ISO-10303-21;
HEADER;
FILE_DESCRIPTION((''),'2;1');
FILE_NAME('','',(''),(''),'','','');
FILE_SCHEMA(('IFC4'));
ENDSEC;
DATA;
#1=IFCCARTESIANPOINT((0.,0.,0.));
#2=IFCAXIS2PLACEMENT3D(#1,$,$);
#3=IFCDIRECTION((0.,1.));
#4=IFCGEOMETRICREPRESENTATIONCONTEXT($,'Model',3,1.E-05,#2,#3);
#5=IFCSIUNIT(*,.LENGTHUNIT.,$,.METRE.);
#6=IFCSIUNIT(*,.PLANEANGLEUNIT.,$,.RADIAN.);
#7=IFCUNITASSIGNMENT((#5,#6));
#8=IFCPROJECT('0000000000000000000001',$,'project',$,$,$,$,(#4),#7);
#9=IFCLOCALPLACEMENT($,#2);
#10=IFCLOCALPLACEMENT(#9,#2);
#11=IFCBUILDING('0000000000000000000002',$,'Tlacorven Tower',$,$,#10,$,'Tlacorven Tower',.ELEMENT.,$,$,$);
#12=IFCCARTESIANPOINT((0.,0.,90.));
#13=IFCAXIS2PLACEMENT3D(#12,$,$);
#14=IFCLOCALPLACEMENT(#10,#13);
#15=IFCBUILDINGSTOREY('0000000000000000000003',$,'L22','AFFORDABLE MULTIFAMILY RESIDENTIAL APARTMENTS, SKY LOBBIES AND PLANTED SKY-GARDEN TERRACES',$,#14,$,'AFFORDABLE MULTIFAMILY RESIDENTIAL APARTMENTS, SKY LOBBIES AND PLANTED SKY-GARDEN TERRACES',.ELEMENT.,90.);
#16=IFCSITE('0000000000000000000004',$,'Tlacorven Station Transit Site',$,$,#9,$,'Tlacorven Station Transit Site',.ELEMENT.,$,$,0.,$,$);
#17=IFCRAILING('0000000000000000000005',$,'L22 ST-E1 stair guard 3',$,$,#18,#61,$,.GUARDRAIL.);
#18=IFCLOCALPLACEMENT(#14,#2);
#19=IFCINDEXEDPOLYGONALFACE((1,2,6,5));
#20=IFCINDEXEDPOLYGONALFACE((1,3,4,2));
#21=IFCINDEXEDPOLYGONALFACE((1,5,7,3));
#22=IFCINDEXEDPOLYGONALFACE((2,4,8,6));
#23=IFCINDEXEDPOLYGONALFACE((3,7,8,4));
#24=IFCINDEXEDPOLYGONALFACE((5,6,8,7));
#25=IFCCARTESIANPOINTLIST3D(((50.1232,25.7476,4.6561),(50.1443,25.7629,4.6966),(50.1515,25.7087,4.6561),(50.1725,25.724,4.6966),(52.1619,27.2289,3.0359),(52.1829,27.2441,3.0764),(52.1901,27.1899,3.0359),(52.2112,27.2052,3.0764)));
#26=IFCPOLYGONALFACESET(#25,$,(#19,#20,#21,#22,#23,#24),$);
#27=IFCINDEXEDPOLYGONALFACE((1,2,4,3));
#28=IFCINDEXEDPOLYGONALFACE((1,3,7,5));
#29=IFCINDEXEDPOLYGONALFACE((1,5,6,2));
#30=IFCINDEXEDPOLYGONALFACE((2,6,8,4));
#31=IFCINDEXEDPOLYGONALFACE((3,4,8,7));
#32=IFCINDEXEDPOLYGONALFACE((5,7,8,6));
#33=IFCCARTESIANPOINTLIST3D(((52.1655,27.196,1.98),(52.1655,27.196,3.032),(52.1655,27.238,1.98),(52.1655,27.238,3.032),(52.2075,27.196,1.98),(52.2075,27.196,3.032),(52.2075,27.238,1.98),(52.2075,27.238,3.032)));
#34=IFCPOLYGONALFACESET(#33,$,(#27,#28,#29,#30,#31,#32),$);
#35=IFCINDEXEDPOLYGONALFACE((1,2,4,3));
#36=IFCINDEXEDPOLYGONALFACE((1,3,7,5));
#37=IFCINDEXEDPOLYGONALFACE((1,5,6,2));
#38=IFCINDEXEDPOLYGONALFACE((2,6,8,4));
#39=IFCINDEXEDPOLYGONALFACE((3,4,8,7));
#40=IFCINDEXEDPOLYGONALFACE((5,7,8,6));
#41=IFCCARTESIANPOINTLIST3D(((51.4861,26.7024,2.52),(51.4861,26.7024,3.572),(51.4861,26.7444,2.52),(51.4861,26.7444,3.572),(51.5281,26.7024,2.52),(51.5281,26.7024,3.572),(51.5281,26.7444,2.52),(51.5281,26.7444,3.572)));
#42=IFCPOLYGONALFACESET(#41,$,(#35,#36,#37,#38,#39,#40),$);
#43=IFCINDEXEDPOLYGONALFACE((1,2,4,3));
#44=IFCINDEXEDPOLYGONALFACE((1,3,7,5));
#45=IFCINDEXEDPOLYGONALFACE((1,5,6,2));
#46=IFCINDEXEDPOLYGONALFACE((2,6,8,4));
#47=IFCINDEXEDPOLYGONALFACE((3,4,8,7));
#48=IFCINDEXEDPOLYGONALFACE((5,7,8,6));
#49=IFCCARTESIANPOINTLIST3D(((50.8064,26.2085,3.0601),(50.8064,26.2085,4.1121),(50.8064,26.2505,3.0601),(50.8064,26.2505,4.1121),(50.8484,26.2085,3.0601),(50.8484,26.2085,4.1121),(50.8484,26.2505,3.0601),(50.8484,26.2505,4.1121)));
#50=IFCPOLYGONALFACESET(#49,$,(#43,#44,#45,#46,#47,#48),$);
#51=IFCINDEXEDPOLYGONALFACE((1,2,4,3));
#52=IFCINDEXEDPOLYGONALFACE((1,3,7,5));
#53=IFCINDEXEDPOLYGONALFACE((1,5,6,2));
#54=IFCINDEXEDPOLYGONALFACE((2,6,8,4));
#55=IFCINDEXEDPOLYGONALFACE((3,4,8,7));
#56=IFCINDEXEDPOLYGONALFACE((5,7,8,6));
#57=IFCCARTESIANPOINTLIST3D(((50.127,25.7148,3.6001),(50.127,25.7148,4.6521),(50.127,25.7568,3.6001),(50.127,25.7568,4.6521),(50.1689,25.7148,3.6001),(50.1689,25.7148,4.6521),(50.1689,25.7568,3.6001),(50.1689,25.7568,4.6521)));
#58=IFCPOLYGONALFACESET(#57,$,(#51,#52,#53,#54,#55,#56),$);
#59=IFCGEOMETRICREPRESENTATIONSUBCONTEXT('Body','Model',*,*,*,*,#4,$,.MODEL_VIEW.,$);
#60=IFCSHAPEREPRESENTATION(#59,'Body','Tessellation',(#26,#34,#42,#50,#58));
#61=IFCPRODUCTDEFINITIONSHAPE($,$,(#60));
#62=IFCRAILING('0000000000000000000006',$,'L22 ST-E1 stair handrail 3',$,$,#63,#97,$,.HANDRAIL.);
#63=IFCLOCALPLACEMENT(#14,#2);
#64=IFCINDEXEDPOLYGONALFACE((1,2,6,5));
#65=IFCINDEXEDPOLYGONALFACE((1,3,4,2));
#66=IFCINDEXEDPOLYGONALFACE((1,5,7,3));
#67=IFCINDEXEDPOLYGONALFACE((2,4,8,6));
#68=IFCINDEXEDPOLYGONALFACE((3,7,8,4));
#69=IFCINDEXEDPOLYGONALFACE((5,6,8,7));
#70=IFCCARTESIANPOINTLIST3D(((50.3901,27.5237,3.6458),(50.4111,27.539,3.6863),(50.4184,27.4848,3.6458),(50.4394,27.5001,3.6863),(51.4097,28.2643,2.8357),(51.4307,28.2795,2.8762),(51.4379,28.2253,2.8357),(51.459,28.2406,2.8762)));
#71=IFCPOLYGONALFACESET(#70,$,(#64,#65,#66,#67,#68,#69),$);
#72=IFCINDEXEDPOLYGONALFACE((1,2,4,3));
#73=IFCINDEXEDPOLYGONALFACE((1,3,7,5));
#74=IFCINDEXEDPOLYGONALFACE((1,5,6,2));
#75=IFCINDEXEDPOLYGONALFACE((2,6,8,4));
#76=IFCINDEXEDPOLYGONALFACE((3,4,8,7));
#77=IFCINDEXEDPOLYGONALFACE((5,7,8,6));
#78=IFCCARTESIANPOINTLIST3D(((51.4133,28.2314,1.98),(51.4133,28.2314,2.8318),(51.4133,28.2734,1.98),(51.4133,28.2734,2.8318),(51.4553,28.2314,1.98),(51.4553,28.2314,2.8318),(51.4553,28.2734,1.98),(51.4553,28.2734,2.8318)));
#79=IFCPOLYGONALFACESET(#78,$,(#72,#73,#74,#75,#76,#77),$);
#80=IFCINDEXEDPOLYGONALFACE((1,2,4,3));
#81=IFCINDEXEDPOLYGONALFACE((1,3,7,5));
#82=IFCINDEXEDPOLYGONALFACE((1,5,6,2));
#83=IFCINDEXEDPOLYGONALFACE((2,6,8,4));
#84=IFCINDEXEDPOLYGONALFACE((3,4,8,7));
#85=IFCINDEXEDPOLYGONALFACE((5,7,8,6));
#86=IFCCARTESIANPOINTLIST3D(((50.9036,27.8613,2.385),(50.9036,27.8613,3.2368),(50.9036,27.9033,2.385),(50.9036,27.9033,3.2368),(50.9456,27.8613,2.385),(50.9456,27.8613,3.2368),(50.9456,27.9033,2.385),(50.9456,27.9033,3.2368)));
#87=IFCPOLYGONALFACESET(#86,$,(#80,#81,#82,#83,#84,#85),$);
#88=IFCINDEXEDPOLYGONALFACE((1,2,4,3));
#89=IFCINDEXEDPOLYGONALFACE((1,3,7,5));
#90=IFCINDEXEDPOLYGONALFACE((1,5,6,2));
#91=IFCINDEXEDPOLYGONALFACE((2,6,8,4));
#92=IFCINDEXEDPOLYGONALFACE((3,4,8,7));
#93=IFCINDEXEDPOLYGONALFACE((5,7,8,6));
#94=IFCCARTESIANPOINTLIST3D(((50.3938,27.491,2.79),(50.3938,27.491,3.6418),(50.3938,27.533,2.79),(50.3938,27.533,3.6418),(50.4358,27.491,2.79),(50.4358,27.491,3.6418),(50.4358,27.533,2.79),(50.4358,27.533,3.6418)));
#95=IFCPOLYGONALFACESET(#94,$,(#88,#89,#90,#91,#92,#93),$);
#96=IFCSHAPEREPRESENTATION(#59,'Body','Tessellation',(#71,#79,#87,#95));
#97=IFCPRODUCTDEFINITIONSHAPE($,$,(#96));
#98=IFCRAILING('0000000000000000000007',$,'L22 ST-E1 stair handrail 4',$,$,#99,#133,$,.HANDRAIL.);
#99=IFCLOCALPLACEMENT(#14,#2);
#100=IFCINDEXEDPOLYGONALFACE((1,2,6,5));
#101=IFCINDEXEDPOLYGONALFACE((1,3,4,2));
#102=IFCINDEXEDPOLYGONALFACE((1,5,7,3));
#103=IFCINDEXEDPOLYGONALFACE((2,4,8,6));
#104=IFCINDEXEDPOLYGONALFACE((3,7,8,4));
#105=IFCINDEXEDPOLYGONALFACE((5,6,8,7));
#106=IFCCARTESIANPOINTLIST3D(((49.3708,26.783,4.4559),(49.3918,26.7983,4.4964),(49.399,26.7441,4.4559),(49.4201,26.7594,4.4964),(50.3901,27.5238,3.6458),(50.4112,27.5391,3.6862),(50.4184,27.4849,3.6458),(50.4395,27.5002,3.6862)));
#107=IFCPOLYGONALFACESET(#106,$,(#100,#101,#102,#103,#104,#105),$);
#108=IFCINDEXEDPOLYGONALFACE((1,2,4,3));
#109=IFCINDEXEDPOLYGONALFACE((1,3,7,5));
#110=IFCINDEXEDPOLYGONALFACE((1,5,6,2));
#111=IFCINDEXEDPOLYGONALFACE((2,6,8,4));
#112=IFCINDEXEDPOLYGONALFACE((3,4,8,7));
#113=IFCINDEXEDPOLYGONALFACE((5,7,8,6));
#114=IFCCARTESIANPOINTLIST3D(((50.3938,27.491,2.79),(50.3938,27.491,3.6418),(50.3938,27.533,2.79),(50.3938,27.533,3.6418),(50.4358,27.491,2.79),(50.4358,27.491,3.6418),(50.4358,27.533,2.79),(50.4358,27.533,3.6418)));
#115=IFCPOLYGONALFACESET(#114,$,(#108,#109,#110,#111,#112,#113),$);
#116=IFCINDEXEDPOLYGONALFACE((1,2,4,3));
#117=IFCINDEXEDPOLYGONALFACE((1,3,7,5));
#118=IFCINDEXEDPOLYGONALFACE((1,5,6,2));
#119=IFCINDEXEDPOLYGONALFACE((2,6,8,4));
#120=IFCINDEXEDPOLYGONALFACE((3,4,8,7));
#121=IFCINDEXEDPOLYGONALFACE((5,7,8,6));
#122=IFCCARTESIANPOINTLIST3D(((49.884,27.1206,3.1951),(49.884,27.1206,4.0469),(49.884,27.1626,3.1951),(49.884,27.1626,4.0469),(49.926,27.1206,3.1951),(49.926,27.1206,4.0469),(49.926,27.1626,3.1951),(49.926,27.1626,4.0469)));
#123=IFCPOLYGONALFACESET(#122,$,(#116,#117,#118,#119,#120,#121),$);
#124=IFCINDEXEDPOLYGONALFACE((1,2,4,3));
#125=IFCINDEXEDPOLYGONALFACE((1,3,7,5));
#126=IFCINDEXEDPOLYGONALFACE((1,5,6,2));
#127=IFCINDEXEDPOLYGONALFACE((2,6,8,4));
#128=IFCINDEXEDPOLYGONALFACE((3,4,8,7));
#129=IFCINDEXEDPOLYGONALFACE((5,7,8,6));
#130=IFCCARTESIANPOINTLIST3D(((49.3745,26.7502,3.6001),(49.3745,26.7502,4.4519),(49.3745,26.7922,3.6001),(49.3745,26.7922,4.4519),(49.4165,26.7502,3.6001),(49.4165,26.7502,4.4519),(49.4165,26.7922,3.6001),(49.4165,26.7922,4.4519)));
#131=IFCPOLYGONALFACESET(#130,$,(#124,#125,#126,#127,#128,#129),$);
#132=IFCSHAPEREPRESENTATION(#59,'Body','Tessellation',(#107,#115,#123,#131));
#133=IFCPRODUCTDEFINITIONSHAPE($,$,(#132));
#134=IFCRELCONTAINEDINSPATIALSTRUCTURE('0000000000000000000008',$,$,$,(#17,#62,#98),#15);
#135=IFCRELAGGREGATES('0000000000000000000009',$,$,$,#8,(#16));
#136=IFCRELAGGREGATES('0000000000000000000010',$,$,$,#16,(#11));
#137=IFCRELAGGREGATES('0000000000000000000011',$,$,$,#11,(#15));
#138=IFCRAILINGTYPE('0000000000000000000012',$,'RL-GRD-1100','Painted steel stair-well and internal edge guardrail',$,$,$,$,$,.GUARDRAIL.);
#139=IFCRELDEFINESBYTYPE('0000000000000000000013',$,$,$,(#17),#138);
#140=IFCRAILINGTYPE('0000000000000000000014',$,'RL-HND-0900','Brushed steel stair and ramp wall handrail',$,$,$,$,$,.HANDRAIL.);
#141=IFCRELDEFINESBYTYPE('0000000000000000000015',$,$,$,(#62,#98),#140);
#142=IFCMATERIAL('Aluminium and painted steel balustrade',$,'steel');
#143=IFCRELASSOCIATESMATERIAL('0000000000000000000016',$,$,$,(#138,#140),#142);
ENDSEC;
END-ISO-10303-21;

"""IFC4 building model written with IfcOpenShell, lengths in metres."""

from ifc_helpers import new_model, si_unit, direction, frame, origin, origin_2d, place, context, subcontext, project, spatial, rectangle, extrude, source, transform, mapped, material, type_object, element, save


model = new_model("IFC4")

# Units and contexts
model_context = context("Model", 3, precision=1e-05, world=origin(), true_north=direction((0.0, 1.0)))
body_context = subcontext(model_context, "Body", "Model", "MODEL_VIEW")
ifc_project = project(units=[si_unit("LENGTHUNIT", "METRE"), si_unit("PLANEANGLEUNIT", "RADIAN")], contexts=[model_context])

# Site, building, storey
site_placement = place(None, origin())
site = spatial("IfcSite", under=ifc_project, at=site_placement, Name="Tlacorven Station Transit Site", LongName="Tlacorven Station Transit Site", CompositionType="ELEMENT", RefElevation=0.0)
building_placement = place(site_placement, origin())
building = spatial("IfcBuilding", under=site, at=building_placement, Name="Tlacorven Tower", LongName="Tlacorven Tower", CompositionType="ELEMENT")
storey_placement = place(building_placement, frame((0.0, 0.0, 90.0)))
storey = spatial("IfcBuildingStorey", under=building, at=storey_placement, Name="L22", Description="AFFORDABLE MULTIFAMILY RESIDENTIAL APARTMENTS, SKY LOBBIES AND PLANTED SKY-GARDEN TERRACES", LongName="AFFORDABLE MULTIFAMILY RESIDENTIAL APARTMENTS, SKY LOBBIES AND PLANTED SKY-GARDEN TERRACES", CompositionType="ELEMENT", Elevation=90.0)

# Shared definitions
ifc_material_1 = material(Name="Aluminium and painted steel balustrade", Category="steel")

# Railings
railing_type_1 = type_object("IfcRailingType", Name="RL-GRD-1100", Description="Painted steel stair-well and internal edge guardrail", PredefinedType="GUARDRAIL", material=ifc_material_1)
shared_shape_1 = source(origin(), body_context, "Body", "SweptSolid", [
    extrude(rectangle(XDim=0.0481, YDim=0.0481, at=origin_2d()), frame((0.0, 0.0, 1.0762), z_axis=(-0.680489, -0.494434, 0.540805), x_axis=(0.587809, -0.809, 0.0)), (0.0, 0.0, 1.0), 2.9958),
    extrude(rectangle(XDim=0.042, YDim=0.042, at=origin_2d()), origin(), (0.0, 0.0, 1.0), 1.052),
    extrude(rectangle(XDim=0.042, YDim=0.042, at=origin_2d()), frame((-0.6794, -0.4937, 0.54)), (0.0, 0.0, 1.0), 1.052),
    extrude(rectangle(XDim=0.042, YDim=0.042, at=origin_2d()), frame((-1.3591, -0.9875, 1.0801)), (0.0, 0.0, 1.0), 1.052),
    extrude(rectangle(XDim=0.042, YDim=0.042, at=origin_2d()), frame((-2.0386, -1.4812, 1.6201)), (0.0, 0.0, 1.0), 1.052),
])
railing_1_placement = place(storey_placement, frame((52.1865, 27.217, 1.98)))
element("IfcRailing", 1, at=railing_1_placement, inside=storey, type_object=railing_type_1, Name="L22 ST-E1 stair guard 3", PredefinedType="GUARDRAIL", context=body_context, shape_type="MappedRepresentation", body=[
    mapped(shared_shape_1, transform((0.0, 0.0, 0.0), scale=1.0)),
])
railing_type_2 = type_object("IfcRailingType", Name="RL-HND-0900", Description="Brushed steel stair and ramp wall handrail", PredefinedType="HANDRAIL", material=ifc_material_1)
shared_shape_2 = source(origin(), body_context, "Body", "SweptSolid", [
    extrude(rectangle(XDim=0.0481, YDim=0.0481, at=origin_2d()), frame((0.0, 0.0, 0.876), z_axis=(-0.680604, -0.494318, 0.540767), x_axis=(0.587653, -0.809113, 0.0)), (0.0, 0.0, 1.0), 1.498),
    extrude(rectangle(XDim=0.042, YDim=0.042, at=origin_2d()), origin(), (0.0, 0.0, 1.0), 0.8518),
    extrude(rectangle(XDim=0.042, YDim=0.042, at=origin_2d()), frame((-0.5098, -0.3701, 0.405)), (0.0, 0.0, 1.0), 0.8518),
    extrude(rectangle(XDim=0.042, YDim=0.042, at=origin_2d()), frame((-1.0195, -0.7405, 0.8101)), (0.0, 0.0, 1.0), 0.8518),
])
railing_2_placement = place(storey_placement, frame((51.4343, 28.2524, 1.98)))
element("IfcRailing", 2, at=railing_2_placement, inside=storey, type_object=railing_type_2, Name="L22 ST-E1 stair handrail 3", PredefinedType="HANDRAIL", context=body_context, shape_type="MappedRepresentation", body=[
    mapped(shared_shape_2, transform((0.0, 0.0, 0.0), scale=1.0)),
])
shared_shape_3 = source(origin(), body_context, "Body", "SweptSolid", [
    extrude(rectangle(XDim=0.0481, YDim=0.0481, at=origin_2d()), frame((0.0, 0.0, 0.876), z_axis=(-0.680461, -0.494496, 0.540783), x_axis=(0.587872, -0.808954, 0.0)), (0.0, 0.0, 1.0), 1.498),
    extrude(rectangle(XDim=0.042, YDim=0.042, at=origin_2d()), origin(), (0.0, 0.0, 1.0), 0.8518),
    extrude(rectangle(XDim=0.042, YDim=0.042, at=origin_2d()), frame((-0.5098, -0.3704, 0.405)), (0.0, 0.0, 1.0), 0.8518),
    extrude(rectangle(XDim=0.042, YDim=0.042, at=origin_2d()), frame((-1.0193, -0.7407, 0.8101)), (0.0, 0.0, 1.0), 0.8518),
])
railing_3_placement = place(storey_placement, frame((50.4148, 27.512, 2.79)))
element("IfcRailing", 3, at=railing_3_placement, inside=storey, type_object=railing_type_2, Name="L22 ST-E1 stair handrail 4", PredefinedType="HANDRAIL", context=body_context, shape_type="MappedRepresentation", body=[
    mapped(shared_shape_3, transform((0.0, 0.0, 0.0), scale=1.0)),
])

save(model, "model.ifc")
